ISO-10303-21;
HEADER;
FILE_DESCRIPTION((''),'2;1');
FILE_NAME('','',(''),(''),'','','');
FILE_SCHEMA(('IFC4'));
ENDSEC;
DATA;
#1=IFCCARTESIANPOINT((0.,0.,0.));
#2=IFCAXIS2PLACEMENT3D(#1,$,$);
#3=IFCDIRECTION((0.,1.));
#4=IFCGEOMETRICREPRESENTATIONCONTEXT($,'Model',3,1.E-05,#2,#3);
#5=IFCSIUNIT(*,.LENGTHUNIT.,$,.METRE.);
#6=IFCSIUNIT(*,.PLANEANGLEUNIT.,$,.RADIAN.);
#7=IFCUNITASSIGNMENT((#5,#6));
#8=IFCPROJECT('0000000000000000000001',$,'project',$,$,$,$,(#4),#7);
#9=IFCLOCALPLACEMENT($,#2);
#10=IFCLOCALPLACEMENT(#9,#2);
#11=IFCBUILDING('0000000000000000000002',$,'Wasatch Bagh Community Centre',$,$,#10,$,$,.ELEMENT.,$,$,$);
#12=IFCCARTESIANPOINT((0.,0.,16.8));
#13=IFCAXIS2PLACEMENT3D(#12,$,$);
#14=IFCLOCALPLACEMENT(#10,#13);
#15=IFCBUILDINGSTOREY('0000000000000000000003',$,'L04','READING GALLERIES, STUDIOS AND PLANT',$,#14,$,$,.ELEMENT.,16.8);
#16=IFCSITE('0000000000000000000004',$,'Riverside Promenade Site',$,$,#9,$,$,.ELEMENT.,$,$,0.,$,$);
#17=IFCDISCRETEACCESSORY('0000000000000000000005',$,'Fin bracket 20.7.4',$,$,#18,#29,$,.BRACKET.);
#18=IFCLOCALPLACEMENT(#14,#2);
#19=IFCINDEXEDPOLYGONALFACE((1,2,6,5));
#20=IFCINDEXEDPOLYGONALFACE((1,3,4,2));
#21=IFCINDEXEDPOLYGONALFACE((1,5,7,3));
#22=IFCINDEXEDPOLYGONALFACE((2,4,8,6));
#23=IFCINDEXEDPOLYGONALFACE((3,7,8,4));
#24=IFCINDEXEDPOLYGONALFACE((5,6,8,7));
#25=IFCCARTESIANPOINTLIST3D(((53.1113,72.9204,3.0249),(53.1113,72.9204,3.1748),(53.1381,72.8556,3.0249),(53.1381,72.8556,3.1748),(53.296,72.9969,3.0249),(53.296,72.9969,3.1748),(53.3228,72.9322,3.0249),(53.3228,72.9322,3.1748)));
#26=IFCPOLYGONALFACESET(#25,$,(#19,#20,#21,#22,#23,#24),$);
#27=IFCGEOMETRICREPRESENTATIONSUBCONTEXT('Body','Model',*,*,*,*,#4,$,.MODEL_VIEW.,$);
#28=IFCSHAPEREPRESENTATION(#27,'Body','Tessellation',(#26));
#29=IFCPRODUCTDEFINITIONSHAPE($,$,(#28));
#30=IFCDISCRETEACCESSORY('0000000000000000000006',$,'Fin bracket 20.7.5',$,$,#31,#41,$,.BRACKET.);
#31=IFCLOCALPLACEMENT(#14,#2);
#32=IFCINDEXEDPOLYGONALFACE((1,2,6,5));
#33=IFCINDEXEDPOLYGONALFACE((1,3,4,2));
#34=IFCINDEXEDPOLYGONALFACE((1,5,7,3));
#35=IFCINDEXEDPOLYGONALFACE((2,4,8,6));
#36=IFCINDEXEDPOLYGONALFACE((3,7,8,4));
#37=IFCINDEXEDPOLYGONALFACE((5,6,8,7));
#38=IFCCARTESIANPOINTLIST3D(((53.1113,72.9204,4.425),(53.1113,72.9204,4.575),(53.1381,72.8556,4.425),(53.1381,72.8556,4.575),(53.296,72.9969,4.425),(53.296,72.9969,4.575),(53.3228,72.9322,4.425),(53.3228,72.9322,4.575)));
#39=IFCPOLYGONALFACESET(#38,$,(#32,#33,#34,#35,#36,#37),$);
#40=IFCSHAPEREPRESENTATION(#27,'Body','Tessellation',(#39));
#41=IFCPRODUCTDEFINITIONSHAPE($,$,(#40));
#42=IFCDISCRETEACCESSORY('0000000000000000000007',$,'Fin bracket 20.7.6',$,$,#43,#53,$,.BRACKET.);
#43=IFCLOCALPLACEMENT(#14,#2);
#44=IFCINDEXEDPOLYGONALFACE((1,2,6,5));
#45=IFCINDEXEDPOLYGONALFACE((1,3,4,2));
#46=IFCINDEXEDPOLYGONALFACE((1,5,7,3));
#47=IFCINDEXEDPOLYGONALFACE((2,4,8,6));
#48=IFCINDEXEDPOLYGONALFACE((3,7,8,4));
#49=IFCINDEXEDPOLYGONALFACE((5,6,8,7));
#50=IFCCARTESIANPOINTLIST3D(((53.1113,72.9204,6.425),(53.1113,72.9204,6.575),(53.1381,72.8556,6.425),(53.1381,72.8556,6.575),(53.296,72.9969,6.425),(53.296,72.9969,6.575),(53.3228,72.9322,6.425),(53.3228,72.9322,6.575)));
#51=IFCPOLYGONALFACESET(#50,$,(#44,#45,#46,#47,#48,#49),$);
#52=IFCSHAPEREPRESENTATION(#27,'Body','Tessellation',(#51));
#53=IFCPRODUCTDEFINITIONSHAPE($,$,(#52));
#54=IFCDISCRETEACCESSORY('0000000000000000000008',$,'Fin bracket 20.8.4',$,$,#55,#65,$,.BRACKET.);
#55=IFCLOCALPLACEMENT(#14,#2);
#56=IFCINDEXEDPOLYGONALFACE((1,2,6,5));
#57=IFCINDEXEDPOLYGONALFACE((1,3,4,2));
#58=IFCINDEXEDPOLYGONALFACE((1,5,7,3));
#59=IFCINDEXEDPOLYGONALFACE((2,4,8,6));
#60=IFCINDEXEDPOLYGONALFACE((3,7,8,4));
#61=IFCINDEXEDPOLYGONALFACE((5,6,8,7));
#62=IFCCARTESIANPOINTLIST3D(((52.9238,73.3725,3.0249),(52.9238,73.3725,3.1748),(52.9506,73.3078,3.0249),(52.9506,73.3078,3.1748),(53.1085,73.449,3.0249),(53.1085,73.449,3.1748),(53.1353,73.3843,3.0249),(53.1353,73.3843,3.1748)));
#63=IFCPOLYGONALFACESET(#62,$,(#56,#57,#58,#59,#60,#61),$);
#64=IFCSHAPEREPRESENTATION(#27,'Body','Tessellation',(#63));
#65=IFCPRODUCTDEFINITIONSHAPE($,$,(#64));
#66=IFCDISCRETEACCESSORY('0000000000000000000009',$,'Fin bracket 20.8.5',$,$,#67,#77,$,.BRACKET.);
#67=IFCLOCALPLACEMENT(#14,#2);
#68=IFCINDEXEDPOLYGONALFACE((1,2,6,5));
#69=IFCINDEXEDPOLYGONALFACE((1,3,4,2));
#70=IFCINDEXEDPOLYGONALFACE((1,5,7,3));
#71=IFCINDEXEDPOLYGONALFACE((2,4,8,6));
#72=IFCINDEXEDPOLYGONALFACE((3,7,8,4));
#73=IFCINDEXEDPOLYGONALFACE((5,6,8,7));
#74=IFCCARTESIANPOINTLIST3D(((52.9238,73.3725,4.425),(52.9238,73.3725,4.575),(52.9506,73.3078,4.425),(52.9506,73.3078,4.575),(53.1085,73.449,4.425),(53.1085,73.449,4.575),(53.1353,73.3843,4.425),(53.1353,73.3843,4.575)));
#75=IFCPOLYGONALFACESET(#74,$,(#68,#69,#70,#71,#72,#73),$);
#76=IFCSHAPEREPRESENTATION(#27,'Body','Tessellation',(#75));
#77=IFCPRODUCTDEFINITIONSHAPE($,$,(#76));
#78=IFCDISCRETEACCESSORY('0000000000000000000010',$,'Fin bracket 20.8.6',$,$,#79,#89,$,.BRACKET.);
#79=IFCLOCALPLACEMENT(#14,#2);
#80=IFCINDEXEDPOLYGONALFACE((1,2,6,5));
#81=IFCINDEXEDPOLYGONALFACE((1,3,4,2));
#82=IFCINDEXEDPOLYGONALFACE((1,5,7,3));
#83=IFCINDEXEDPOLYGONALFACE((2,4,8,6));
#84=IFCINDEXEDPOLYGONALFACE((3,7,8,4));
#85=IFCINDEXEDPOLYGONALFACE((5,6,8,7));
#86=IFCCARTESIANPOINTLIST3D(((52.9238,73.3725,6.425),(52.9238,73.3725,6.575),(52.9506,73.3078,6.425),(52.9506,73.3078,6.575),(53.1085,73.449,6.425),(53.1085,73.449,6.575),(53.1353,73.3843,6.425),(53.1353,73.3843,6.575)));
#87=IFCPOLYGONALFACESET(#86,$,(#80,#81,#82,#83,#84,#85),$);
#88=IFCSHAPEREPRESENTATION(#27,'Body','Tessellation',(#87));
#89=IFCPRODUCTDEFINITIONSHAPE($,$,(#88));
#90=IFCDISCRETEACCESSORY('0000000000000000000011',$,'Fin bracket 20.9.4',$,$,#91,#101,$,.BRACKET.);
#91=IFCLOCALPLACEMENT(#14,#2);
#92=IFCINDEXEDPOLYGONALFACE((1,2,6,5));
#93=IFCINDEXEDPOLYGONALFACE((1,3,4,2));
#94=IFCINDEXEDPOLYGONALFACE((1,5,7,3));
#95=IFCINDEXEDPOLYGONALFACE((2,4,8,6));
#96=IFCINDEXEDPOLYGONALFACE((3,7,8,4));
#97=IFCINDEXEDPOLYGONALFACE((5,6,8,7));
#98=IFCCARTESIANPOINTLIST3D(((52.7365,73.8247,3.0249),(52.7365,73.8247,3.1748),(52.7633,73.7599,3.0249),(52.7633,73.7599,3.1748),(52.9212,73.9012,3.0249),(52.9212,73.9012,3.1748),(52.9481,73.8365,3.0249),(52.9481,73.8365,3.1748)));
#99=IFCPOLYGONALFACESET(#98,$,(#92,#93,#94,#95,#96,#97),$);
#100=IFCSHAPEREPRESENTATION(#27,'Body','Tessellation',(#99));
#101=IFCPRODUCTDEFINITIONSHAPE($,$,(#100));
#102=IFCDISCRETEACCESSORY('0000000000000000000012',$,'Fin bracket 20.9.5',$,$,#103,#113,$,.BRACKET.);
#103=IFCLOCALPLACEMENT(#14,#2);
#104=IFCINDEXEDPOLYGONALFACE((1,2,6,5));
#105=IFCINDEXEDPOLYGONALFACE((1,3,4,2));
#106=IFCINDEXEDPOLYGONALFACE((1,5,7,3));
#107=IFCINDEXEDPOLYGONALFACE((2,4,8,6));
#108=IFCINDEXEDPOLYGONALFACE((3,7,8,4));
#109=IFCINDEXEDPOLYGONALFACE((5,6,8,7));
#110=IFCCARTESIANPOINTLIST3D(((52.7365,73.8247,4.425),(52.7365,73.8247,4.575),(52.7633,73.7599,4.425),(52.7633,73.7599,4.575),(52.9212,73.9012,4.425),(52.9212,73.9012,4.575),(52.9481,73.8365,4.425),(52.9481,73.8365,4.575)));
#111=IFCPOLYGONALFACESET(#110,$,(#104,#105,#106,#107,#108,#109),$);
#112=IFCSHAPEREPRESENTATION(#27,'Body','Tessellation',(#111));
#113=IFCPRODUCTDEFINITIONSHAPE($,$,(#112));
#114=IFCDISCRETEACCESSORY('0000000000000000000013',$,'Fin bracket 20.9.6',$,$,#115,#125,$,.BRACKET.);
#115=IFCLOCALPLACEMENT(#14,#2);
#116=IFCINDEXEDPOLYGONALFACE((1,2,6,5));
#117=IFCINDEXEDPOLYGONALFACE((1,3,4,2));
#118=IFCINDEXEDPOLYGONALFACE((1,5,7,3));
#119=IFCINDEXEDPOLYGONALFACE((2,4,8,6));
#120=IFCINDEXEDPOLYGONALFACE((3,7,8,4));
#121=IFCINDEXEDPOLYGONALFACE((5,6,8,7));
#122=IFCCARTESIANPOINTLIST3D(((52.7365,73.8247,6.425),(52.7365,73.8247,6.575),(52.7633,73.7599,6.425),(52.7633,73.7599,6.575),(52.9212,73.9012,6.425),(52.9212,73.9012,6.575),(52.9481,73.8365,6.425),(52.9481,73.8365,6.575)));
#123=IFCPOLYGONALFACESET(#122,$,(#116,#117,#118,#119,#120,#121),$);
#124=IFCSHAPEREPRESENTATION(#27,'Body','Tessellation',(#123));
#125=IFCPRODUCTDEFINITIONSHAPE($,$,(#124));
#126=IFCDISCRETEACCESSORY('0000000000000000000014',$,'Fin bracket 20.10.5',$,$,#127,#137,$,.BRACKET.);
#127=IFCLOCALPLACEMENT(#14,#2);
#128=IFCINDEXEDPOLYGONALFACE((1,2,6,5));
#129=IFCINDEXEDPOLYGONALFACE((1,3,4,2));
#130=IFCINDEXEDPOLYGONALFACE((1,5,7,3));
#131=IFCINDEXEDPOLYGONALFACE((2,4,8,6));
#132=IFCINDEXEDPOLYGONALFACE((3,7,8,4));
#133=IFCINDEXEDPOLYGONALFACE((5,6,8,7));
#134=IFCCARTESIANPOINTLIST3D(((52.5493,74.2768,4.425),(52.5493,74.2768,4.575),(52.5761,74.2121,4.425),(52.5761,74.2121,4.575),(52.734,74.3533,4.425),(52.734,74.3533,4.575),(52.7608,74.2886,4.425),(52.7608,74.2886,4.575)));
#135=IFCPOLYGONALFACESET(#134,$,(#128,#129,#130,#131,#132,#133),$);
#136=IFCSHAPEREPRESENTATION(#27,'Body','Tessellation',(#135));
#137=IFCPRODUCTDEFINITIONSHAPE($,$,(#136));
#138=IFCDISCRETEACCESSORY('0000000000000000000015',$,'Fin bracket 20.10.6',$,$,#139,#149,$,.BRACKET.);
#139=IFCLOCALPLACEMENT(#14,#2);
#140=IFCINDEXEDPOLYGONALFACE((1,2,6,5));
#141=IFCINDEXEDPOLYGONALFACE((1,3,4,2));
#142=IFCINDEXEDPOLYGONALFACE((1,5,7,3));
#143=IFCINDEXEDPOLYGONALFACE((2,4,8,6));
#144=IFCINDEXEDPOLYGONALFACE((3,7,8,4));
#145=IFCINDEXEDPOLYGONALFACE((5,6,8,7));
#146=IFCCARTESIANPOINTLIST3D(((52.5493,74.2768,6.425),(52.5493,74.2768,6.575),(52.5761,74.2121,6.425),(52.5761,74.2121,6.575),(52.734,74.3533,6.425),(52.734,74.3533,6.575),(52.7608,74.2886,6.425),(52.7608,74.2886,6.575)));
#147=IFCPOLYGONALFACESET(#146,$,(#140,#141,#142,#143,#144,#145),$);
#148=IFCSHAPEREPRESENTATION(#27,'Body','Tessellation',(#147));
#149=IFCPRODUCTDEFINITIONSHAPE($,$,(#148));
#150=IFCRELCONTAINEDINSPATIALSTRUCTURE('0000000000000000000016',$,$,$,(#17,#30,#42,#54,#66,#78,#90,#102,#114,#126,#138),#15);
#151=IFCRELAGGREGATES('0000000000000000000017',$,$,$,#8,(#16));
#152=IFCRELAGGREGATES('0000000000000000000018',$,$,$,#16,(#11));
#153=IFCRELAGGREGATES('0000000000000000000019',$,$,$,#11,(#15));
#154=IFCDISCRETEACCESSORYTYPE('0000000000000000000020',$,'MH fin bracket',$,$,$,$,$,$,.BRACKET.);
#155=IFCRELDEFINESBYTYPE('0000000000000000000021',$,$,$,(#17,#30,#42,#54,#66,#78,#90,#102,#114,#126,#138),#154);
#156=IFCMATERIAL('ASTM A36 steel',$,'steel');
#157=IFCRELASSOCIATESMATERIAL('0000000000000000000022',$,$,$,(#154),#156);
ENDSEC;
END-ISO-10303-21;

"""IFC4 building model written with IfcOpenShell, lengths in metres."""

from ifc_helpers import new_model, si_unit, direction, frame, origin, origin_2d, place, context, subcontext, project, spatial, rectangle, extrude, material, type_object, element, save


model = new_model("IFC4")

# Units and contexts
model_context = context("Model", 3, precision=1e-05, world=origin(), true_north=direction((0.0, 1.0)))
body_context = subcontext(model_context, "Body", "Model", "MODEL_VIEW")
ifc_project = project(units=[si_unit("LENGTHUNIT", "METRE"), si_unit("PLANEANGLEUNIT", "RADIAN")], contexts=[model_context])

# Site, building, storey
site_placement = place(None, origin())
site = spatial("IfcSite", under=ifc_project, at=site_placement, Name="Riverside Promenade Site", CompositionType="ELEMENT", RefElevation=0.0)
building_placement = place(site_placement, origin())
building = spatial("IfcBuilding", under=site, at=building_placement, Name="Wasatch Bagh Community Centre", CompositionType="ELEMENT")
storey_placement = place(building_placement, frame((0.0, 0.0, 16.8)))
storey = spatial("IfcBuildingStorey", under=building, at=storey_placement, Name="L04", Description="READING GALLERIES, STUDIOS AND PLANT", CompositionType="ELEMENT", Elevation=16.8)

# Discrete accessories
ifc_material_1 = material(Name="ASTM A36 steel", Category="steel")
discrete_accessory_type = type_object("IfcDiscreteAccessoryType", Name="MH fin bracket", PredefinedType="BRACKET", material=ifc_material_1)
for number, where, z_axis, x_axis, name in (
    (1, (53.217, 72.9263, 3.0249), (0.0, 0.0, 1.0), (-0.382683, 0.92388, 0.0), "Fin bracket 20.7.4"),
    (2, (53.217, 72.9263, 4.425), (0.0, 0.0, 1.0), (-0.382683, 0.92388, 0.0), "Fin bracket 20.7.5"),
    (3, (53.217, 72.9263, 6.425), (0.0, 0.0, 1.0), (-0.382683, 0.92388, 0.0), "Fin bracket 20.7.6"),
    (4, (53.0295, 73.3784, 3.0249), (0.0, 0.0, 1.0), (-0.382683, 0.92388, 0.0), "Fin bracket 20.8.4"),
    (5, (53.0295, 73.3784, 4.425), (0.0, 0.0, 1.0), (-0.382683, 0.92388, 0.0), "Fin bracket 20.8.5"),
    (6, (53.0295, 73.3784, 6.425), (0.0, 0.0, 1.0), (-0.382683, 0.92388, 0.0), "Fin bracket 20.8.6"),
    (7, (52.8423, 73.8306, 3.0249), (0.0, 0.0, 1.0), (-0.382683, 0.92388, 0.0), "Fin bracket 20.9.4"),
    (8, (52.8423, 73.8306, 4.425), (0.0, 0.0, 1.0), (-0.382683, 0.92388, 0.0), "Fin bracket 20.9.5"),
    (9, (52.8423, 73.8306, 6.425), (0.0, 0.0, 1.0), (-0.382683, 0.92388, 0.0), "Fin bracket 20.9.6"),
    (10, (52.655, 74.2827, 4.425), (0.0, 0.0, 1.0), (-0.382683, 0.92388, 0.0), "Fin bracket 20.10.5"),
    (11, (52.655, 74.2827, 6.425), (0.0, 0.0, 1.0), (-0.382683, 0.92388, 0.0), "Fin bracket 20.10.6"),
):
    element("IfcDiscreteAccessory", number, at=place(storey_placement, frame(where, z_axis=z_axis, x_axis=x_axis)), inside=storey, type_object=discrete_accessory_type, Name=name, PredefinedType="BRACKET", context=body_context, shape_type="SweptSolid", body=[
        extrude(rectangle(XDim=0.0701, YDim=0.2, at=origin_2d()), origin(), (0.0, 0.0, 1.0), 0.1499),
    ])

save(model, "model.ifc")
